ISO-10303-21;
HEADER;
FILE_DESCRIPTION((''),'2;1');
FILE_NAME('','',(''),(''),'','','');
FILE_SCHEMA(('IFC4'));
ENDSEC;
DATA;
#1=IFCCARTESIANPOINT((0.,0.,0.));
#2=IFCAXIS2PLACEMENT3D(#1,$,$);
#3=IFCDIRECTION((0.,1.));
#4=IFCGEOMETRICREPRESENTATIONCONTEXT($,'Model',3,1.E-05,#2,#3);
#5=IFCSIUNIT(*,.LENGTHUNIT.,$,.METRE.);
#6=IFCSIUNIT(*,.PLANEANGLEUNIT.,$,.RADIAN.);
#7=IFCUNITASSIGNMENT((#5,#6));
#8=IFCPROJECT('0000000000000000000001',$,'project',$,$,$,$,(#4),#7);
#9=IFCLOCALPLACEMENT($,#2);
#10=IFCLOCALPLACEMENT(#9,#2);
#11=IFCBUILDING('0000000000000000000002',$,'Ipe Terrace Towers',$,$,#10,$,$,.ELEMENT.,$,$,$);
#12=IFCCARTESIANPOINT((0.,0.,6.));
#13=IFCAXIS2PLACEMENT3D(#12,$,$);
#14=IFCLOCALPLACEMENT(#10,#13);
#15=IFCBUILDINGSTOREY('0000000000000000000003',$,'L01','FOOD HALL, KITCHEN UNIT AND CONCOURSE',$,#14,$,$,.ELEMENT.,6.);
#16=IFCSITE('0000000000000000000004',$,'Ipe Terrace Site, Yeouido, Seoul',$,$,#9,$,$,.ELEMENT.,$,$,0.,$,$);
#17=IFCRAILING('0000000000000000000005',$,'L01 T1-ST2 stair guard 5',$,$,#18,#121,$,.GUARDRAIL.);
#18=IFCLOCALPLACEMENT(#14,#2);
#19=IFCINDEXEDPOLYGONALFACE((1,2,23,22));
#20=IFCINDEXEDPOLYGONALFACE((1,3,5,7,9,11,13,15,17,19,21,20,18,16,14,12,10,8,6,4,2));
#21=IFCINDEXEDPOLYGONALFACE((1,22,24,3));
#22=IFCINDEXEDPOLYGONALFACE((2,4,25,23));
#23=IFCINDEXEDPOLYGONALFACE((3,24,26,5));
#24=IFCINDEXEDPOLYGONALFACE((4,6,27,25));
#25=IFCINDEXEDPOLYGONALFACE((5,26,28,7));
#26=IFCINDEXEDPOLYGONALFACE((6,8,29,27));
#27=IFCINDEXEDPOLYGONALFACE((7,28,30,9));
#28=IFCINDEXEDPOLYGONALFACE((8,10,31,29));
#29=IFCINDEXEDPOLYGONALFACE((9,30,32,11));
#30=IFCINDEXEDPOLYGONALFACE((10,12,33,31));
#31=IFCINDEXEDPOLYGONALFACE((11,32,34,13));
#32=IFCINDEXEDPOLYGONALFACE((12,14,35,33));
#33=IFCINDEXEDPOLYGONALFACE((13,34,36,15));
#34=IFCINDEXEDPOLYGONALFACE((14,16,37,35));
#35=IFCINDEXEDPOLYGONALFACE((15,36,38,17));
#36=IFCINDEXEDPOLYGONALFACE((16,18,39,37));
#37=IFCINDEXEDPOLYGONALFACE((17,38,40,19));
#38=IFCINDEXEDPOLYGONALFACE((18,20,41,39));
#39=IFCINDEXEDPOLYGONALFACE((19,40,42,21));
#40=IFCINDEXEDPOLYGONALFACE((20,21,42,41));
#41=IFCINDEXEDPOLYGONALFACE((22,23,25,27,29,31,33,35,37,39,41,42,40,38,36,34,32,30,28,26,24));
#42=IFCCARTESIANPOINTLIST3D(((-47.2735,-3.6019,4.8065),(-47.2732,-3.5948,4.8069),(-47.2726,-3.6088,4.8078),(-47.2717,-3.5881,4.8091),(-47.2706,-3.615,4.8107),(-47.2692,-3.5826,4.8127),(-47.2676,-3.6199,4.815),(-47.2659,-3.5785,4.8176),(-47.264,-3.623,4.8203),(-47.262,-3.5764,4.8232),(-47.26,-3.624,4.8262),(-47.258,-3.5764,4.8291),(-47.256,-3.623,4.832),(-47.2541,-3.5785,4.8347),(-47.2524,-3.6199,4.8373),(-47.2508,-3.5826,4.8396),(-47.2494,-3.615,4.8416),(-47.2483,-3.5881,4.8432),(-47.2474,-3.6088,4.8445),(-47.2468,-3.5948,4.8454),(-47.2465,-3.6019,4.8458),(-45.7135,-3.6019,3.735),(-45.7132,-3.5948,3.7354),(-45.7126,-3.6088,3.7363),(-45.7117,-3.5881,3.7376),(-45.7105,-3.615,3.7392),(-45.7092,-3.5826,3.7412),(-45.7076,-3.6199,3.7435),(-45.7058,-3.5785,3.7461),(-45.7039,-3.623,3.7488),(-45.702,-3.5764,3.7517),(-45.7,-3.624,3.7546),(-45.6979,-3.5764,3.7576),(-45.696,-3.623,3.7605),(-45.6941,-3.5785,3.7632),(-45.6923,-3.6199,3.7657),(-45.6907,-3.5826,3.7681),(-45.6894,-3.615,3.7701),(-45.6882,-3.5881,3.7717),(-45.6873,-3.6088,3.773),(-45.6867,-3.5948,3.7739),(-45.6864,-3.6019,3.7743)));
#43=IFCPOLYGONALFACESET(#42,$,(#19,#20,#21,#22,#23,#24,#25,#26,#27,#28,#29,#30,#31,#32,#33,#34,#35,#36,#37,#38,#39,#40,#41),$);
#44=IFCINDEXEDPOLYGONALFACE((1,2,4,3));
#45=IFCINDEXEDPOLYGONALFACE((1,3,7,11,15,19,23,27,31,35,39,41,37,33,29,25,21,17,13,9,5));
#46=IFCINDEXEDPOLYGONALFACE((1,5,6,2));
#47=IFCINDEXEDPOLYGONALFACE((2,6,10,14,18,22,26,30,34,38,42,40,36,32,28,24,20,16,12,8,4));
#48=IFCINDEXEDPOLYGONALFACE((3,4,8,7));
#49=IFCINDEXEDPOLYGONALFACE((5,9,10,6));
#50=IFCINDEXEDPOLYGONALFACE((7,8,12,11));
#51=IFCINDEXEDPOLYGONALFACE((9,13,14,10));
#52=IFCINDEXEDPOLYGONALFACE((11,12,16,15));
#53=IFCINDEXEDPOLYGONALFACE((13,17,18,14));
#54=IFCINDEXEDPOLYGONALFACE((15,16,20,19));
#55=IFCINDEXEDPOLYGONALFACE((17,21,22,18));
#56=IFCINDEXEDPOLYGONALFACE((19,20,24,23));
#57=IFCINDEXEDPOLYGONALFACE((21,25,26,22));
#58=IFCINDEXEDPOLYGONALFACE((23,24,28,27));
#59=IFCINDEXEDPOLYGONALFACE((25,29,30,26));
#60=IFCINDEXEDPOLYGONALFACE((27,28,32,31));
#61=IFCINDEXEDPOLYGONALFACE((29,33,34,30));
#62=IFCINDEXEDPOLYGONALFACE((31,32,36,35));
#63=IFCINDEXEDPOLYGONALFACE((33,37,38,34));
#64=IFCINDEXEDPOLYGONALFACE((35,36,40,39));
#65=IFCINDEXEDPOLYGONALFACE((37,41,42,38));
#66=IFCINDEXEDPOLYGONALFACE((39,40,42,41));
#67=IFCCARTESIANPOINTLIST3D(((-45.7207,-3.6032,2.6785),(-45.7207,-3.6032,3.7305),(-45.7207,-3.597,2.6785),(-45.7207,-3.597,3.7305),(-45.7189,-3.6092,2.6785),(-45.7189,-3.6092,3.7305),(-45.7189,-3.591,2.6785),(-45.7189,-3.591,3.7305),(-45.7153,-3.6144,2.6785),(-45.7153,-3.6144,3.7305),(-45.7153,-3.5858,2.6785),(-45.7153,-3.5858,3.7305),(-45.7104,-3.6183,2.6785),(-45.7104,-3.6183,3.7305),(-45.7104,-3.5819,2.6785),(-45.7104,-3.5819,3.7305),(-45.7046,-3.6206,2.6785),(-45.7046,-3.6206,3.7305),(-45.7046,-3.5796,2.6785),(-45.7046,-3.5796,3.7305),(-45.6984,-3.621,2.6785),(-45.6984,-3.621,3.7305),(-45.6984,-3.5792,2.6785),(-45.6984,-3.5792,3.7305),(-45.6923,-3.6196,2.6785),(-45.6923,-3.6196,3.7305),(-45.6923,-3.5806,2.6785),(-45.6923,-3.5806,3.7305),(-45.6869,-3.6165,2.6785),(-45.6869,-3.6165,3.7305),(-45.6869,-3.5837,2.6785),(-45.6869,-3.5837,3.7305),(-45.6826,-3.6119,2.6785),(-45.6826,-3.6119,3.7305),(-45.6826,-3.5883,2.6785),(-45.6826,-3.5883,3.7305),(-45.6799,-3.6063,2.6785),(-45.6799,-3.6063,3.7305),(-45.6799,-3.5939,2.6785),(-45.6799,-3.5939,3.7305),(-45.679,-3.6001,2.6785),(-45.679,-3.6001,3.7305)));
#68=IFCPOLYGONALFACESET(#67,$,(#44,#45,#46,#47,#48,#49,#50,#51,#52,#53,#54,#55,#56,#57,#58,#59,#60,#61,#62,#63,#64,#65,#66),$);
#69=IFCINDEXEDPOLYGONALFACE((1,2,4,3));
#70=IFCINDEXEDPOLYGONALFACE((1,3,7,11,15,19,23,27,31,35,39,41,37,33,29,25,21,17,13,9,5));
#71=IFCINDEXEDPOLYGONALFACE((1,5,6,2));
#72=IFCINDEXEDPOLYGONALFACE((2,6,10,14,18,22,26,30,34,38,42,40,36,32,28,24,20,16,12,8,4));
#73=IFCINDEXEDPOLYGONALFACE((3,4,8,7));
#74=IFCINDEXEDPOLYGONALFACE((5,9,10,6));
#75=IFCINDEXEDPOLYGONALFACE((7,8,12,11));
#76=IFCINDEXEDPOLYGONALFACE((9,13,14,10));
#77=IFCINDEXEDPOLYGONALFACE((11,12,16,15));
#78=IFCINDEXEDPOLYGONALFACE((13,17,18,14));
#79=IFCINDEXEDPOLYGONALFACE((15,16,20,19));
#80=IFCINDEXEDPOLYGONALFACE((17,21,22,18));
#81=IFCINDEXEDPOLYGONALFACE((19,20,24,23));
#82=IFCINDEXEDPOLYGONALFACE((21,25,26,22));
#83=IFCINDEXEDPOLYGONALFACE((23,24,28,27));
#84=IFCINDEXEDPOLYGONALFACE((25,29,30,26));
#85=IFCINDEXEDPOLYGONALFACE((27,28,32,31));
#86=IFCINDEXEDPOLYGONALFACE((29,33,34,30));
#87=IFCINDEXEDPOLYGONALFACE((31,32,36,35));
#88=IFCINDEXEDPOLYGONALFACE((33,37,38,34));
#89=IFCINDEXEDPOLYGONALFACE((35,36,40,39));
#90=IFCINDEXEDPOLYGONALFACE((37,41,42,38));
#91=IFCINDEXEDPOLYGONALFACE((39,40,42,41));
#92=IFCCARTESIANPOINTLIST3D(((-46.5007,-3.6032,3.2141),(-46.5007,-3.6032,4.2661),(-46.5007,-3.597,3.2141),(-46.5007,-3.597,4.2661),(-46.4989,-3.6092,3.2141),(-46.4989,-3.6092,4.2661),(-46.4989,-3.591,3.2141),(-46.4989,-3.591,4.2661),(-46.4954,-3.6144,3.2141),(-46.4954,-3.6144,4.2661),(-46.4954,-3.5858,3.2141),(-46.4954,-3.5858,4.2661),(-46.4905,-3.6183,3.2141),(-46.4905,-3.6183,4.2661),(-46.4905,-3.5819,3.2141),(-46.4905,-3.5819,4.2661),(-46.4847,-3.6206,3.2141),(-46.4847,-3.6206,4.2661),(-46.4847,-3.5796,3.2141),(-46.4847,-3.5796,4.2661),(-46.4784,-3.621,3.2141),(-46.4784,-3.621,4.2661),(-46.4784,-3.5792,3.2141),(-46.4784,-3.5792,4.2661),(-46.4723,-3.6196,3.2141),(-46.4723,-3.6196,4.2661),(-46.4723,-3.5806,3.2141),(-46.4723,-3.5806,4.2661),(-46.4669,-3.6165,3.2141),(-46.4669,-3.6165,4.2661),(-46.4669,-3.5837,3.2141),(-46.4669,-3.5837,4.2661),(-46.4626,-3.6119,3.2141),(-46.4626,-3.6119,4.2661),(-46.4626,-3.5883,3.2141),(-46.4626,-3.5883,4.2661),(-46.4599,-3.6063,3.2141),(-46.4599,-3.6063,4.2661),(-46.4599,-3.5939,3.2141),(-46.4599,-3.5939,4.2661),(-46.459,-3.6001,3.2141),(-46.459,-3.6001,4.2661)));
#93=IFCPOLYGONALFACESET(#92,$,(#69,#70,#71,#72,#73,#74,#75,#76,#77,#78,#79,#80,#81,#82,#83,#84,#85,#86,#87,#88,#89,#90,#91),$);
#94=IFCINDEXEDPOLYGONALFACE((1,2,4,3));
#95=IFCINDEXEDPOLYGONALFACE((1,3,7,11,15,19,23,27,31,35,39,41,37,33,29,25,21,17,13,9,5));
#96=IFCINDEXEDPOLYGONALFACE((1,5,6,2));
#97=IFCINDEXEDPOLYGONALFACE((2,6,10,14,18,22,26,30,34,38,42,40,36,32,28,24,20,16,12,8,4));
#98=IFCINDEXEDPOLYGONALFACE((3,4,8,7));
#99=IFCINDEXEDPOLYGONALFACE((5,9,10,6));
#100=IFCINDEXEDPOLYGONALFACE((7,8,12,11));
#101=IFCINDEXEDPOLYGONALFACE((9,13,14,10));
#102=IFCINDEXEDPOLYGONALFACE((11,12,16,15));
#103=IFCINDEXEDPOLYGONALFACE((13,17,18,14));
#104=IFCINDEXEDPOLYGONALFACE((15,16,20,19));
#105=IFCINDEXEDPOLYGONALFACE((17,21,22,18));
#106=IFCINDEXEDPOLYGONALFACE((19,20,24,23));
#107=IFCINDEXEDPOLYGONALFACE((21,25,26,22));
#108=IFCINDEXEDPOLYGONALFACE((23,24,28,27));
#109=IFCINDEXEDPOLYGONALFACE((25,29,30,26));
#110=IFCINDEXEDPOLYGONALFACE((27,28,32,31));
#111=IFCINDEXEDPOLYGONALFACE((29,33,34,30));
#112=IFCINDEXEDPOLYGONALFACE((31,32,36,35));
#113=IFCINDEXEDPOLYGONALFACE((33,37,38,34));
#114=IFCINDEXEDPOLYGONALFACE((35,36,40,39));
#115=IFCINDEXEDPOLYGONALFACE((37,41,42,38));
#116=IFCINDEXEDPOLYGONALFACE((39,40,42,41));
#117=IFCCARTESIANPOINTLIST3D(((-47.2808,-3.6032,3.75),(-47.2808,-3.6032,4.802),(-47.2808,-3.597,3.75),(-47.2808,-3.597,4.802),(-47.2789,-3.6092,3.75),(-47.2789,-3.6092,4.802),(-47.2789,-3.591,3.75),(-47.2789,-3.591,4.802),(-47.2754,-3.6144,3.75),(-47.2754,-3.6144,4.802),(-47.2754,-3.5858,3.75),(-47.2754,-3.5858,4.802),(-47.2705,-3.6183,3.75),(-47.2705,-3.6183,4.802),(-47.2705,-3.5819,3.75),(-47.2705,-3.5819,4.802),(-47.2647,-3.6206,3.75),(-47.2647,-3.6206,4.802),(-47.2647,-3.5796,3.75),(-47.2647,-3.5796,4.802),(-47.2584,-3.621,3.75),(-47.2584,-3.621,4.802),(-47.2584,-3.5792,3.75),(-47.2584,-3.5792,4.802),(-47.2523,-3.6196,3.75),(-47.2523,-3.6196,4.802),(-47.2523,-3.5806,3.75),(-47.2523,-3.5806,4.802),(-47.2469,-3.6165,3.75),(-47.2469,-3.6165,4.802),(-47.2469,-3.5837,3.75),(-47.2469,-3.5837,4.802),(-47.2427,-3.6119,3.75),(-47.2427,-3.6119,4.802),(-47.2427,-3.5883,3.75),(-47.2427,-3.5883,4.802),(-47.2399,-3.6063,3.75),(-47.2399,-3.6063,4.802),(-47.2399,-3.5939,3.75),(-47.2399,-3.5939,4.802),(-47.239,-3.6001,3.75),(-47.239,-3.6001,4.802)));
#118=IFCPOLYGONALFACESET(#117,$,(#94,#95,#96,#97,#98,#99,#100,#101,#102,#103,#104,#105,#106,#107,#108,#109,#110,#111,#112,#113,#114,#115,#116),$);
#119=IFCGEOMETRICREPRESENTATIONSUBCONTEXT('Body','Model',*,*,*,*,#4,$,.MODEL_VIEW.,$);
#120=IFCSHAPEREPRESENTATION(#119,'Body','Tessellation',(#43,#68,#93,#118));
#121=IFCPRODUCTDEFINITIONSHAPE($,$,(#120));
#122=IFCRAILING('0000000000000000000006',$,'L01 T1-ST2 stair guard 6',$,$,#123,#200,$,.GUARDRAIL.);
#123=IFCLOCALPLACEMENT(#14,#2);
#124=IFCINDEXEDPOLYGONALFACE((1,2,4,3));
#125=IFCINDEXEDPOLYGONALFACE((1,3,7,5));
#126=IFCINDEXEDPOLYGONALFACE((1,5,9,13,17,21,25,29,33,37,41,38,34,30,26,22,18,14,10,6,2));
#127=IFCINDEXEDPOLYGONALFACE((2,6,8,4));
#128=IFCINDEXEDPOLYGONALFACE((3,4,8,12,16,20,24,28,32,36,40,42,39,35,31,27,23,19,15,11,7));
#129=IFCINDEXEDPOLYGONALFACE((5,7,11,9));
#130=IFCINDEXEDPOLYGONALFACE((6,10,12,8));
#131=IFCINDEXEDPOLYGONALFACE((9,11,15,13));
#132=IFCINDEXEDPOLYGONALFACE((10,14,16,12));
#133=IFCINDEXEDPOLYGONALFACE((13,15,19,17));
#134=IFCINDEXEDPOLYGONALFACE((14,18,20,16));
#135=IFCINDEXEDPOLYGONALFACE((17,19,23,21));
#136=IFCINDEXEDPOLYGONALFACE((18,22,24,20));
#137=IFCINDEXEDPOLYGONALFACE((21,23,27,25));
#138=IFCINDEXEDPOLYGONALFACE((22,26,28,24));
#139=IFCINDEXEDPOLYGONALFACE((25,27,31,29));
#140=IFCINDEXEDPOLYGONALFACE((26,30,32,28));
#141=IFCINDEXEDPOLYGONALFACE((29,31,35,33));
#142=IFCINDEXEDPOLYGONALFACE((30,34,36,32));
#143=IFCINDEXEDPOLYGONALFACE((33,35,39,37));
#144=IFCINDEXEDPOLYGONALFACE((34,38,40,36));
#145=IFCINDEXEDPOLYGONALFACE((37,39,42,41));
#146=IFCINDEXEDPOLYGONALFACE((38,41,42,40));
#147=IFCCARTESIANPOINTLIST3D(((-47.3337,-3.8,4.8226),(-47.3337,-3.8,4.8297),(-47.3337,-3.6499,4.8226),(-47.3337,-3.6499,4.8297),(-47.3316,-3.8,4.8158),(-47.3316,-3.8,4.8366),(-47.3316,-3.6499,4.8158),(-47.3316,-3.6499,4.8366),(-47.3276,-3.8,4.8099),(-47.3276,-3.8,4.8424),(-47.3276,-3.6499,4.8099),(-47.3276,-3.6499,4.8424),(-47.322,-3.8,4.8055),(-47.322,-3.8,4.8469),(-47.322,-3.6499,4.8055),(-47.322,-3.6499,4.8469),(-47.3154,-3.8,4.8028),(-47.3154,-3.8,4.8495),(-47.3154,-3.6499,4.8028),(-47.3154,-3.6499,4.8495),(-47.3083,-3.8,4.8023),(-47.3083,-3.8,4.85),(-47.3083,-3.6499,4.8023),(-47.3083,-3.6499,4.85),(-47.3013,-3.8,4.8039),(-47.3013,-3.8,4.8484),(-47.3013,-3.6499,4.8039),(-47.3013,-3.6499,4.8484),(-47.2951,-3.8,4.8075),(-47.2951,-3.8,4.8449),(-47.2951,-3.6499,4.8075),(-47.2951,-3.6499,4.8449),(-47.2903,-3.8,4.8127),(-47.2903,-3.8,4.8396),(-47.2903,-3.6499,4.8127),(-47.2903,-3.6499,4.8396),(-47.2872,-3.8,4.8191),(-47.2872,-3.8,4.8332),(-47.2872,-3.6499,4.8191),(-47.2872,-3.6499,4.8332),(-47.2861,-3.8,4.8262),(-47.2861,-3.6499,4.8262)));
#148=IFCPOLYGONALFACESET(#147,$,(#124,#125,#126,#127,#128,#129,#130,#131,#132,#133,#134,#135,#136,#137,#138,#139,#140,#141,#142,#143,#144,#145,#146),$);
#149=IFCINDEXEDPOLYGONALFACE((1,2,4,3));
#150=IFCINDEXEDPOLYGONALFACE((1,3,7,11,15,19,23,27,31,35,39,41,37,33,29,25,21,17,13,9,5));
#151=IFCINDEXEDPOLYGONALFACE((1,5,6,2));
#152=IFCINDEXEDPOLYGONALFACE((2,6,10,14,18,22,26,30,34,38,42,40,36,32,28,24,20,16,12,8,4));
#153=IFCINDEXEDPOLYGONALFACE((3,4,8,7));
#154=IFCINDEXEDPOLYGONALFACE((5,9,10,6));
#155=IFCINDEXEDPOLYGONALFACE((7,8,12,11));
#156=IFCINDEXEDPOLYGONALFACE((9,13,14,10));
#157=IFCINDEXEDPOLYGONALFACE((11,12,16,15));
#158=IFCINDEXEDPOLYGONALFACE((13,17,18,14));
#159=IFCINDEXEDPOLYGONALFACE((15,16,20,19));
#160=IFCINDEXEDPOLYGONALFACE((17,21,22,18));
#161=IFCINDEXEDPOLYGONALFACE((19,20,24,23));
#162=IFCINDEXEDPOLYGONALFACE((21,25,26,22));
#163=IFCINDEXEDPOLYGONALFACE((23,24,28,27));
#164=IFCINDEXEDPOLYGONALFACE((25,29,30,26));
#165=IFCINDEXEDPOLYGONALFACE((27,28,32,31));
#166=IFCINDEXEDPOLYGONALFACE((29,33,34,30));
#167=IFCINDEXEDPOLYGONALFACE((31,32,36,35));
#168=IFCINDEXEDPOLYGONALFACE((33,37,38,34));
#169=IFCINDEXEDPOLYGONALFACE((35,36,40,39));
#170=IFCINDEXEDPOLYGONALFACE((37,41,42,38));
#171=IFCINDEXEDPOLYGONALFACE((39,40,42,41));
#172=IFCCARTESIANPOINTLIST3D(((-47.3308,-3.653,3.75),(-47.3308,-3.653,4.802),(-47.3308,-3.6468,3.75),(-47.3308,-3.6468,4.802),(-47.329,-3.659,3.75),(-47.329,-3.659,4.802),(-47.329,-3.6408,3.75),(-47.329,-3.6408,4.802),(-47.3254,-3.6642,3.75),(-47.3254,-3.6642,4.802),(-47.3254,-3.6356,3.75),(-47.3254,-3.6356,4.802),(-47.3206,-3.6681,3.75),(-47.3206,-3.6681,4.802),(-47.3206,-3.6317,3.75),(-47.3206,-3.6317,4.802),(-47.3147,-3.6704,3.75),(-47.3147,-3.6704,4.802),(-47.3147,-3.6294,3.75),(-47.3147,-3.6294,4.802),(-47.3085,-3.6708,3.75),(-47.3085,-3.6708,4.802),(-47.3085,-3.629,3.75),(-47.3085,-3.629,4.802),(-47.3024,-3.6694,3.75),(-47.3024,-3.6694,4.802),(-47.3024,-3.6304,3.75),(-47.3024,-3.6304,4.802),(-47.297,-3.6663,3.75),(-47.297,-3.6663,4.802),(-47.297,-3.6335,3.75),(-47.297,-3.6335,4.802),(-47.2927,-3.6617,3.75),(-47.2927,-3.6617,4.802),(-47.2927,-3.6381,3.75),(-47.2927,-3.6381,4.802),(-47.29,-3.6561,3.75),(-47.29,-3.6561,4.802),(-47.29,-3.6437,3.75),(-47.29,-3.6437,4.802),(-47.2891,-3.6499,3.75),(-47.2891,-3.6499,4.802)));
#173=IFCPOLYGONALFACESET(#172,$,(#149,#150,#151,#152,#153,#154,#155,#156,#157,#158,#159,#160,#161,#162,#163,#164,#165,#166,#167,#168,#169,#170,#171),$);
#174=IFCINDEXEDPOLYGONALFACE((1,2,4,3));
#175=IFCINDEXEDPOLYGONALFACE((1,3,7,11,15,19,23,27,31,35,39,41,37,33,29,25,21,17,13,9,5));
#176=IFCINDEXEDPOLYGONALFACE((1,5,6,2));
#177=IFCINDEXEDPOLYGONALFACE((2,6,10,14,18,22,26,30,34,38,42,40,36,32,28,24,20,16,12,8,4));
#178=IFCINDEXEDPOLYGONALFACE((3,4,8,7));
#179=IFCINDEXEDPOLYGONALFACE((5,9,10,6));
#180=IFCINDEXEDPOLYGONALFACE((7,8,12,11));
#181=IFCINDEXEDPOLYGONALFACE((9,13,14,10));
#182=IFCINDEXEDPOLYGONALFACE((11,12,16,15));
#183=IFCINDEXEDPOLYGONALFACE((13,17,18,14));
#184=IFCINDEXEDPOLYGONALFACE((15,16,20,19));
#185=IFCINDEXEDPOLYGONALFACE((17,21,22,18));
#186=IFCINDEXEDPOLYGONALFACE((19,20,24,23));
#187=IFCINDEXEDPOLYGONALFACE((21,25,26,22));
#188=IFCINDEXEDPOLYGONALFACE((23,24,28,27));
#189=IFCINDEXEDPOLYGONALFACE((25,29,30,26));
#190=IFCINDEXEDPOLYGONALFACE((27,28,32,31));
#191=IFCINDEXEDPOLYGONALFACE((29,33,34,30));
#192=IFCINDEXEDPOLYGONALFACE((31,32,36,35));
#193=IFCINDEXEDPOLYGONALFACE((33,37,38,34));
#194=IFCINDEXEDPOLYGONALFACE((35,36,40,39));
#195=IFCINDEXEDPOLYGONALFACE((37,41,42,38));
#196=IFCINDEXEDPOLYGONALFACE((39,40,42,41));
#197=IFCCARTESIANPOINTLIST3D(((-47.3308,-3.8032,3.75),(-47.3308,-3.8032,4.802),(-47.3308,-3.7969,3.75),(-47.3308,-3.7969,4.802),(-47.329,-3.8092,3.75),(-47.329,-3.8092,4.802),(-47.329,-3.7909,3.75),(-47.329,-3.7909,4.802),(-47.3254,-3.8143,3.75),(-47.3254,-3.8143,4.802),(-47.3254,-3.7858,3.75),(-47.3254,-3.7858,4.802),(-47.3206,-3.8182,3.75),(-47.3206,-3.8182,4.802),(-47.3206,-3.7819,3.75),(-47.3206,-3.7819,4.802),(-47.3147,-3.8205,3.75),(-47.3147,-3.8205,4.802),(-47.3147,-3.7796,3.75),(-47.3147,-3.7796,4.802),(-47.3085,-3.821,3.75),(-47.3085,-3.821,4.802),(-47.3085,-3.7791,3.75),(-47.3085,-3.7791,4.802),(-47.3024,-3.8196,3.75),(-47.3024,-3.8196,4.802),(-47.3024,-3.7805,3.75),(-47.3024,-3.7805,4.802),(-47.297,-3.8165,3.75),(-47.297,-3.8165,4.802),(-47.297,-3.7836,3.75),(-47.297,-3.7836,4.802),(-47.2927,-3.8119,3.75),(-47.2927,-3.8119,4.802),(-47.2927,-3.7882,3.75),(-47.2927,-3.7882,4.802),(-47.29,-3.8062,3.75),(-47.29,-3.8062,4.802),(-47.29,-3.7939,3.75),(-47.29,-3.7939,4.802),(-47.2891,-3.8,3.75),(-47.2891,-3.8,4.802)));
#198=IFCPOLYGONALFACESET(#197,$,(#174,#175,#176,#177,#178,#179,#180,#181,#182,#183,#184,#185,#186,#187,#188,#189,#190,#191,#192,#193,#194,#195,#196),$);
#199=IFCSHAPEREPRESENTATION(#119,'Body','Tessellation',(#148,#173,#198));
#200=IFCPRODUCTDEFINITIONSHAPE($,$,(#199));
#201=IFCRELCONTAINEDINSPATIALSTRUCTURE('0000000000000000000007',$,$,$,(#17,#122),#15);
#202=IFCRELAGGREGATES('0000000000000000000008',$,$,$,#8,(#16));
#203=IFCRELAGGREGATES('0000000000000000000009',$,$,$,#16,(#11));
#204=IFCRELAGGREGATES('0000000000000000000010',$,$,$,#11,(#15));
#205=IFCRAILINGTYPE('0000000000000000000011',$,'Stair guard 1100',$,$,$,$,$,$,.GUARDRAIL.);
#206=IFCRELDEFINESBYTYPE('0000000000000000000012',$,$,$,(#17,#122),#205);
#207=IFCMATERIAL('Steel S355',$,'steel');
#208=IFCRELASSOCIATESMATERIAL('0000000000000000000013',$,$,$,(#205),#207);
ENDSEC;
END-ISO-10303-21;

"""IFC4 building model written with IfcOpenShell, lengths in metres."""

from ifc_helpers import new_model, si_unit, direction, frame, origin, origin_2d, place, context, subcontext, project, spatial, circle, extrude, material, type_object, element, save


model = new_model("IFC4")

# Units and contexts
model_context = context("Model", 3, precision=1e-05, world=origin(), true_north=direction((0.0, 1.0)))
body_context = subcontext(model_context, "Body", "Model", "MODEL_VIEW")
ifc_project = project(units=[si_unit("LENGTHUNIT", "METRE"), si_unit("PLANEANGLEUNIT", "RADIAN")], contexts=[model_context])

# Site, building, storey
site_placement = place(None, origin())
site = spatial("IfcSite", under=ifc_project, at=site_placement, Name="Ipe Terrace Site, Yeouido, Seoul", CompositionType="ELEMENT", RefElevation=0.0)
building_placement = place(site_placement, origin())
building = spatial("IfcBuilding", under=site, at=building_placement, Name="Ipe Terrace Towers", CompositionType="ELEMENT")
storey_placement = place(building_placement, frame((0.0, 0.0, 6.0)))
storey = spatial("IfcBuildingStorey", under=building, at=storey_placement, Name="L01", Description="FOOD HALL, KITCHEN UNIT AND CONCOURSE", CompositionType="ELEMENT", Elevation=6.0)

# Railings
ifc_material_1 = material(Name="Steel S355", Category="steel")
railing_type_1 = type_object("IfcRailingType", Name="Stair guard 1100", PredefinedType="GUARDRAIL", material=ifc_material_1)
railing_1_placement = place(storey_placement, frame((-45.7, -3.6001, 2.6785)))
element("IfcRailing", 1, at=railing_1_placement, inside=storey, type_object=railing_type_1, Name="L01 T1-ST2 stair guard 5", PredefinedType="GUARDRAIL", context=body_context, shape_type="SweptSolid", body=[
    extrude(circle(Radius=0.0239, at=origin_2d()), frame((0.0, 0.0, 1.0762), z_axis=(-0.82429, 0.0, 0.566167), x_axis=(0.0, -1.0, 0.0)), (0.0, 0.0, 1.0), 1.8926),
    extrude(circle(Radius=0.021, at=origin_2d()), origin(), (0.0, 0.0, 1.0), 1.052),
    extrude(circle(Radius=0.021, at=origin_2d()), frame((-0.78, 0.0, 0.5356)), (0.0, 0.0, 1.0), 1.052),
    extrude(circle(Radius=0.021, at=origin_2d()), frame((-1.5601, 0.0, 1.0715)), (0.0, 0.0, 1.0), 1.052),
])
railing_2_placement = place(storey_placement, frame((-47.3101, -3.6499, 3.75)))
element("IfcRailing", 2, at=railing_2_placement, inside=storey, type_object=railing_type_1, Name="L01 T1-ST2 stair guard 6", PredefinedType="GUARDRAIL", context=body_context, shape_type="SweptSolid", body=[
    extrude(circle(Radius=0.0239, at=origin_2d()), frame((0.0, 0.0, 1.0762), z_axis=(0.0, -1.0, 0.0), x_axis=(1.0, 0.0, 0.0)), (0.0, 0.0, 1.0), 0.1501),
    extrude(circle(Radius=0.021, at=origin_2d()), origin(), (0.0, 0.0, 1.0), 1.052),
    extrude(circle(Radius=0.021, at=origin_2d()), frame((0.0, -0.1501, 0.0)), (0.0, 0.0, 1.0), 1.052),
])

save(model, "model.ifc")
